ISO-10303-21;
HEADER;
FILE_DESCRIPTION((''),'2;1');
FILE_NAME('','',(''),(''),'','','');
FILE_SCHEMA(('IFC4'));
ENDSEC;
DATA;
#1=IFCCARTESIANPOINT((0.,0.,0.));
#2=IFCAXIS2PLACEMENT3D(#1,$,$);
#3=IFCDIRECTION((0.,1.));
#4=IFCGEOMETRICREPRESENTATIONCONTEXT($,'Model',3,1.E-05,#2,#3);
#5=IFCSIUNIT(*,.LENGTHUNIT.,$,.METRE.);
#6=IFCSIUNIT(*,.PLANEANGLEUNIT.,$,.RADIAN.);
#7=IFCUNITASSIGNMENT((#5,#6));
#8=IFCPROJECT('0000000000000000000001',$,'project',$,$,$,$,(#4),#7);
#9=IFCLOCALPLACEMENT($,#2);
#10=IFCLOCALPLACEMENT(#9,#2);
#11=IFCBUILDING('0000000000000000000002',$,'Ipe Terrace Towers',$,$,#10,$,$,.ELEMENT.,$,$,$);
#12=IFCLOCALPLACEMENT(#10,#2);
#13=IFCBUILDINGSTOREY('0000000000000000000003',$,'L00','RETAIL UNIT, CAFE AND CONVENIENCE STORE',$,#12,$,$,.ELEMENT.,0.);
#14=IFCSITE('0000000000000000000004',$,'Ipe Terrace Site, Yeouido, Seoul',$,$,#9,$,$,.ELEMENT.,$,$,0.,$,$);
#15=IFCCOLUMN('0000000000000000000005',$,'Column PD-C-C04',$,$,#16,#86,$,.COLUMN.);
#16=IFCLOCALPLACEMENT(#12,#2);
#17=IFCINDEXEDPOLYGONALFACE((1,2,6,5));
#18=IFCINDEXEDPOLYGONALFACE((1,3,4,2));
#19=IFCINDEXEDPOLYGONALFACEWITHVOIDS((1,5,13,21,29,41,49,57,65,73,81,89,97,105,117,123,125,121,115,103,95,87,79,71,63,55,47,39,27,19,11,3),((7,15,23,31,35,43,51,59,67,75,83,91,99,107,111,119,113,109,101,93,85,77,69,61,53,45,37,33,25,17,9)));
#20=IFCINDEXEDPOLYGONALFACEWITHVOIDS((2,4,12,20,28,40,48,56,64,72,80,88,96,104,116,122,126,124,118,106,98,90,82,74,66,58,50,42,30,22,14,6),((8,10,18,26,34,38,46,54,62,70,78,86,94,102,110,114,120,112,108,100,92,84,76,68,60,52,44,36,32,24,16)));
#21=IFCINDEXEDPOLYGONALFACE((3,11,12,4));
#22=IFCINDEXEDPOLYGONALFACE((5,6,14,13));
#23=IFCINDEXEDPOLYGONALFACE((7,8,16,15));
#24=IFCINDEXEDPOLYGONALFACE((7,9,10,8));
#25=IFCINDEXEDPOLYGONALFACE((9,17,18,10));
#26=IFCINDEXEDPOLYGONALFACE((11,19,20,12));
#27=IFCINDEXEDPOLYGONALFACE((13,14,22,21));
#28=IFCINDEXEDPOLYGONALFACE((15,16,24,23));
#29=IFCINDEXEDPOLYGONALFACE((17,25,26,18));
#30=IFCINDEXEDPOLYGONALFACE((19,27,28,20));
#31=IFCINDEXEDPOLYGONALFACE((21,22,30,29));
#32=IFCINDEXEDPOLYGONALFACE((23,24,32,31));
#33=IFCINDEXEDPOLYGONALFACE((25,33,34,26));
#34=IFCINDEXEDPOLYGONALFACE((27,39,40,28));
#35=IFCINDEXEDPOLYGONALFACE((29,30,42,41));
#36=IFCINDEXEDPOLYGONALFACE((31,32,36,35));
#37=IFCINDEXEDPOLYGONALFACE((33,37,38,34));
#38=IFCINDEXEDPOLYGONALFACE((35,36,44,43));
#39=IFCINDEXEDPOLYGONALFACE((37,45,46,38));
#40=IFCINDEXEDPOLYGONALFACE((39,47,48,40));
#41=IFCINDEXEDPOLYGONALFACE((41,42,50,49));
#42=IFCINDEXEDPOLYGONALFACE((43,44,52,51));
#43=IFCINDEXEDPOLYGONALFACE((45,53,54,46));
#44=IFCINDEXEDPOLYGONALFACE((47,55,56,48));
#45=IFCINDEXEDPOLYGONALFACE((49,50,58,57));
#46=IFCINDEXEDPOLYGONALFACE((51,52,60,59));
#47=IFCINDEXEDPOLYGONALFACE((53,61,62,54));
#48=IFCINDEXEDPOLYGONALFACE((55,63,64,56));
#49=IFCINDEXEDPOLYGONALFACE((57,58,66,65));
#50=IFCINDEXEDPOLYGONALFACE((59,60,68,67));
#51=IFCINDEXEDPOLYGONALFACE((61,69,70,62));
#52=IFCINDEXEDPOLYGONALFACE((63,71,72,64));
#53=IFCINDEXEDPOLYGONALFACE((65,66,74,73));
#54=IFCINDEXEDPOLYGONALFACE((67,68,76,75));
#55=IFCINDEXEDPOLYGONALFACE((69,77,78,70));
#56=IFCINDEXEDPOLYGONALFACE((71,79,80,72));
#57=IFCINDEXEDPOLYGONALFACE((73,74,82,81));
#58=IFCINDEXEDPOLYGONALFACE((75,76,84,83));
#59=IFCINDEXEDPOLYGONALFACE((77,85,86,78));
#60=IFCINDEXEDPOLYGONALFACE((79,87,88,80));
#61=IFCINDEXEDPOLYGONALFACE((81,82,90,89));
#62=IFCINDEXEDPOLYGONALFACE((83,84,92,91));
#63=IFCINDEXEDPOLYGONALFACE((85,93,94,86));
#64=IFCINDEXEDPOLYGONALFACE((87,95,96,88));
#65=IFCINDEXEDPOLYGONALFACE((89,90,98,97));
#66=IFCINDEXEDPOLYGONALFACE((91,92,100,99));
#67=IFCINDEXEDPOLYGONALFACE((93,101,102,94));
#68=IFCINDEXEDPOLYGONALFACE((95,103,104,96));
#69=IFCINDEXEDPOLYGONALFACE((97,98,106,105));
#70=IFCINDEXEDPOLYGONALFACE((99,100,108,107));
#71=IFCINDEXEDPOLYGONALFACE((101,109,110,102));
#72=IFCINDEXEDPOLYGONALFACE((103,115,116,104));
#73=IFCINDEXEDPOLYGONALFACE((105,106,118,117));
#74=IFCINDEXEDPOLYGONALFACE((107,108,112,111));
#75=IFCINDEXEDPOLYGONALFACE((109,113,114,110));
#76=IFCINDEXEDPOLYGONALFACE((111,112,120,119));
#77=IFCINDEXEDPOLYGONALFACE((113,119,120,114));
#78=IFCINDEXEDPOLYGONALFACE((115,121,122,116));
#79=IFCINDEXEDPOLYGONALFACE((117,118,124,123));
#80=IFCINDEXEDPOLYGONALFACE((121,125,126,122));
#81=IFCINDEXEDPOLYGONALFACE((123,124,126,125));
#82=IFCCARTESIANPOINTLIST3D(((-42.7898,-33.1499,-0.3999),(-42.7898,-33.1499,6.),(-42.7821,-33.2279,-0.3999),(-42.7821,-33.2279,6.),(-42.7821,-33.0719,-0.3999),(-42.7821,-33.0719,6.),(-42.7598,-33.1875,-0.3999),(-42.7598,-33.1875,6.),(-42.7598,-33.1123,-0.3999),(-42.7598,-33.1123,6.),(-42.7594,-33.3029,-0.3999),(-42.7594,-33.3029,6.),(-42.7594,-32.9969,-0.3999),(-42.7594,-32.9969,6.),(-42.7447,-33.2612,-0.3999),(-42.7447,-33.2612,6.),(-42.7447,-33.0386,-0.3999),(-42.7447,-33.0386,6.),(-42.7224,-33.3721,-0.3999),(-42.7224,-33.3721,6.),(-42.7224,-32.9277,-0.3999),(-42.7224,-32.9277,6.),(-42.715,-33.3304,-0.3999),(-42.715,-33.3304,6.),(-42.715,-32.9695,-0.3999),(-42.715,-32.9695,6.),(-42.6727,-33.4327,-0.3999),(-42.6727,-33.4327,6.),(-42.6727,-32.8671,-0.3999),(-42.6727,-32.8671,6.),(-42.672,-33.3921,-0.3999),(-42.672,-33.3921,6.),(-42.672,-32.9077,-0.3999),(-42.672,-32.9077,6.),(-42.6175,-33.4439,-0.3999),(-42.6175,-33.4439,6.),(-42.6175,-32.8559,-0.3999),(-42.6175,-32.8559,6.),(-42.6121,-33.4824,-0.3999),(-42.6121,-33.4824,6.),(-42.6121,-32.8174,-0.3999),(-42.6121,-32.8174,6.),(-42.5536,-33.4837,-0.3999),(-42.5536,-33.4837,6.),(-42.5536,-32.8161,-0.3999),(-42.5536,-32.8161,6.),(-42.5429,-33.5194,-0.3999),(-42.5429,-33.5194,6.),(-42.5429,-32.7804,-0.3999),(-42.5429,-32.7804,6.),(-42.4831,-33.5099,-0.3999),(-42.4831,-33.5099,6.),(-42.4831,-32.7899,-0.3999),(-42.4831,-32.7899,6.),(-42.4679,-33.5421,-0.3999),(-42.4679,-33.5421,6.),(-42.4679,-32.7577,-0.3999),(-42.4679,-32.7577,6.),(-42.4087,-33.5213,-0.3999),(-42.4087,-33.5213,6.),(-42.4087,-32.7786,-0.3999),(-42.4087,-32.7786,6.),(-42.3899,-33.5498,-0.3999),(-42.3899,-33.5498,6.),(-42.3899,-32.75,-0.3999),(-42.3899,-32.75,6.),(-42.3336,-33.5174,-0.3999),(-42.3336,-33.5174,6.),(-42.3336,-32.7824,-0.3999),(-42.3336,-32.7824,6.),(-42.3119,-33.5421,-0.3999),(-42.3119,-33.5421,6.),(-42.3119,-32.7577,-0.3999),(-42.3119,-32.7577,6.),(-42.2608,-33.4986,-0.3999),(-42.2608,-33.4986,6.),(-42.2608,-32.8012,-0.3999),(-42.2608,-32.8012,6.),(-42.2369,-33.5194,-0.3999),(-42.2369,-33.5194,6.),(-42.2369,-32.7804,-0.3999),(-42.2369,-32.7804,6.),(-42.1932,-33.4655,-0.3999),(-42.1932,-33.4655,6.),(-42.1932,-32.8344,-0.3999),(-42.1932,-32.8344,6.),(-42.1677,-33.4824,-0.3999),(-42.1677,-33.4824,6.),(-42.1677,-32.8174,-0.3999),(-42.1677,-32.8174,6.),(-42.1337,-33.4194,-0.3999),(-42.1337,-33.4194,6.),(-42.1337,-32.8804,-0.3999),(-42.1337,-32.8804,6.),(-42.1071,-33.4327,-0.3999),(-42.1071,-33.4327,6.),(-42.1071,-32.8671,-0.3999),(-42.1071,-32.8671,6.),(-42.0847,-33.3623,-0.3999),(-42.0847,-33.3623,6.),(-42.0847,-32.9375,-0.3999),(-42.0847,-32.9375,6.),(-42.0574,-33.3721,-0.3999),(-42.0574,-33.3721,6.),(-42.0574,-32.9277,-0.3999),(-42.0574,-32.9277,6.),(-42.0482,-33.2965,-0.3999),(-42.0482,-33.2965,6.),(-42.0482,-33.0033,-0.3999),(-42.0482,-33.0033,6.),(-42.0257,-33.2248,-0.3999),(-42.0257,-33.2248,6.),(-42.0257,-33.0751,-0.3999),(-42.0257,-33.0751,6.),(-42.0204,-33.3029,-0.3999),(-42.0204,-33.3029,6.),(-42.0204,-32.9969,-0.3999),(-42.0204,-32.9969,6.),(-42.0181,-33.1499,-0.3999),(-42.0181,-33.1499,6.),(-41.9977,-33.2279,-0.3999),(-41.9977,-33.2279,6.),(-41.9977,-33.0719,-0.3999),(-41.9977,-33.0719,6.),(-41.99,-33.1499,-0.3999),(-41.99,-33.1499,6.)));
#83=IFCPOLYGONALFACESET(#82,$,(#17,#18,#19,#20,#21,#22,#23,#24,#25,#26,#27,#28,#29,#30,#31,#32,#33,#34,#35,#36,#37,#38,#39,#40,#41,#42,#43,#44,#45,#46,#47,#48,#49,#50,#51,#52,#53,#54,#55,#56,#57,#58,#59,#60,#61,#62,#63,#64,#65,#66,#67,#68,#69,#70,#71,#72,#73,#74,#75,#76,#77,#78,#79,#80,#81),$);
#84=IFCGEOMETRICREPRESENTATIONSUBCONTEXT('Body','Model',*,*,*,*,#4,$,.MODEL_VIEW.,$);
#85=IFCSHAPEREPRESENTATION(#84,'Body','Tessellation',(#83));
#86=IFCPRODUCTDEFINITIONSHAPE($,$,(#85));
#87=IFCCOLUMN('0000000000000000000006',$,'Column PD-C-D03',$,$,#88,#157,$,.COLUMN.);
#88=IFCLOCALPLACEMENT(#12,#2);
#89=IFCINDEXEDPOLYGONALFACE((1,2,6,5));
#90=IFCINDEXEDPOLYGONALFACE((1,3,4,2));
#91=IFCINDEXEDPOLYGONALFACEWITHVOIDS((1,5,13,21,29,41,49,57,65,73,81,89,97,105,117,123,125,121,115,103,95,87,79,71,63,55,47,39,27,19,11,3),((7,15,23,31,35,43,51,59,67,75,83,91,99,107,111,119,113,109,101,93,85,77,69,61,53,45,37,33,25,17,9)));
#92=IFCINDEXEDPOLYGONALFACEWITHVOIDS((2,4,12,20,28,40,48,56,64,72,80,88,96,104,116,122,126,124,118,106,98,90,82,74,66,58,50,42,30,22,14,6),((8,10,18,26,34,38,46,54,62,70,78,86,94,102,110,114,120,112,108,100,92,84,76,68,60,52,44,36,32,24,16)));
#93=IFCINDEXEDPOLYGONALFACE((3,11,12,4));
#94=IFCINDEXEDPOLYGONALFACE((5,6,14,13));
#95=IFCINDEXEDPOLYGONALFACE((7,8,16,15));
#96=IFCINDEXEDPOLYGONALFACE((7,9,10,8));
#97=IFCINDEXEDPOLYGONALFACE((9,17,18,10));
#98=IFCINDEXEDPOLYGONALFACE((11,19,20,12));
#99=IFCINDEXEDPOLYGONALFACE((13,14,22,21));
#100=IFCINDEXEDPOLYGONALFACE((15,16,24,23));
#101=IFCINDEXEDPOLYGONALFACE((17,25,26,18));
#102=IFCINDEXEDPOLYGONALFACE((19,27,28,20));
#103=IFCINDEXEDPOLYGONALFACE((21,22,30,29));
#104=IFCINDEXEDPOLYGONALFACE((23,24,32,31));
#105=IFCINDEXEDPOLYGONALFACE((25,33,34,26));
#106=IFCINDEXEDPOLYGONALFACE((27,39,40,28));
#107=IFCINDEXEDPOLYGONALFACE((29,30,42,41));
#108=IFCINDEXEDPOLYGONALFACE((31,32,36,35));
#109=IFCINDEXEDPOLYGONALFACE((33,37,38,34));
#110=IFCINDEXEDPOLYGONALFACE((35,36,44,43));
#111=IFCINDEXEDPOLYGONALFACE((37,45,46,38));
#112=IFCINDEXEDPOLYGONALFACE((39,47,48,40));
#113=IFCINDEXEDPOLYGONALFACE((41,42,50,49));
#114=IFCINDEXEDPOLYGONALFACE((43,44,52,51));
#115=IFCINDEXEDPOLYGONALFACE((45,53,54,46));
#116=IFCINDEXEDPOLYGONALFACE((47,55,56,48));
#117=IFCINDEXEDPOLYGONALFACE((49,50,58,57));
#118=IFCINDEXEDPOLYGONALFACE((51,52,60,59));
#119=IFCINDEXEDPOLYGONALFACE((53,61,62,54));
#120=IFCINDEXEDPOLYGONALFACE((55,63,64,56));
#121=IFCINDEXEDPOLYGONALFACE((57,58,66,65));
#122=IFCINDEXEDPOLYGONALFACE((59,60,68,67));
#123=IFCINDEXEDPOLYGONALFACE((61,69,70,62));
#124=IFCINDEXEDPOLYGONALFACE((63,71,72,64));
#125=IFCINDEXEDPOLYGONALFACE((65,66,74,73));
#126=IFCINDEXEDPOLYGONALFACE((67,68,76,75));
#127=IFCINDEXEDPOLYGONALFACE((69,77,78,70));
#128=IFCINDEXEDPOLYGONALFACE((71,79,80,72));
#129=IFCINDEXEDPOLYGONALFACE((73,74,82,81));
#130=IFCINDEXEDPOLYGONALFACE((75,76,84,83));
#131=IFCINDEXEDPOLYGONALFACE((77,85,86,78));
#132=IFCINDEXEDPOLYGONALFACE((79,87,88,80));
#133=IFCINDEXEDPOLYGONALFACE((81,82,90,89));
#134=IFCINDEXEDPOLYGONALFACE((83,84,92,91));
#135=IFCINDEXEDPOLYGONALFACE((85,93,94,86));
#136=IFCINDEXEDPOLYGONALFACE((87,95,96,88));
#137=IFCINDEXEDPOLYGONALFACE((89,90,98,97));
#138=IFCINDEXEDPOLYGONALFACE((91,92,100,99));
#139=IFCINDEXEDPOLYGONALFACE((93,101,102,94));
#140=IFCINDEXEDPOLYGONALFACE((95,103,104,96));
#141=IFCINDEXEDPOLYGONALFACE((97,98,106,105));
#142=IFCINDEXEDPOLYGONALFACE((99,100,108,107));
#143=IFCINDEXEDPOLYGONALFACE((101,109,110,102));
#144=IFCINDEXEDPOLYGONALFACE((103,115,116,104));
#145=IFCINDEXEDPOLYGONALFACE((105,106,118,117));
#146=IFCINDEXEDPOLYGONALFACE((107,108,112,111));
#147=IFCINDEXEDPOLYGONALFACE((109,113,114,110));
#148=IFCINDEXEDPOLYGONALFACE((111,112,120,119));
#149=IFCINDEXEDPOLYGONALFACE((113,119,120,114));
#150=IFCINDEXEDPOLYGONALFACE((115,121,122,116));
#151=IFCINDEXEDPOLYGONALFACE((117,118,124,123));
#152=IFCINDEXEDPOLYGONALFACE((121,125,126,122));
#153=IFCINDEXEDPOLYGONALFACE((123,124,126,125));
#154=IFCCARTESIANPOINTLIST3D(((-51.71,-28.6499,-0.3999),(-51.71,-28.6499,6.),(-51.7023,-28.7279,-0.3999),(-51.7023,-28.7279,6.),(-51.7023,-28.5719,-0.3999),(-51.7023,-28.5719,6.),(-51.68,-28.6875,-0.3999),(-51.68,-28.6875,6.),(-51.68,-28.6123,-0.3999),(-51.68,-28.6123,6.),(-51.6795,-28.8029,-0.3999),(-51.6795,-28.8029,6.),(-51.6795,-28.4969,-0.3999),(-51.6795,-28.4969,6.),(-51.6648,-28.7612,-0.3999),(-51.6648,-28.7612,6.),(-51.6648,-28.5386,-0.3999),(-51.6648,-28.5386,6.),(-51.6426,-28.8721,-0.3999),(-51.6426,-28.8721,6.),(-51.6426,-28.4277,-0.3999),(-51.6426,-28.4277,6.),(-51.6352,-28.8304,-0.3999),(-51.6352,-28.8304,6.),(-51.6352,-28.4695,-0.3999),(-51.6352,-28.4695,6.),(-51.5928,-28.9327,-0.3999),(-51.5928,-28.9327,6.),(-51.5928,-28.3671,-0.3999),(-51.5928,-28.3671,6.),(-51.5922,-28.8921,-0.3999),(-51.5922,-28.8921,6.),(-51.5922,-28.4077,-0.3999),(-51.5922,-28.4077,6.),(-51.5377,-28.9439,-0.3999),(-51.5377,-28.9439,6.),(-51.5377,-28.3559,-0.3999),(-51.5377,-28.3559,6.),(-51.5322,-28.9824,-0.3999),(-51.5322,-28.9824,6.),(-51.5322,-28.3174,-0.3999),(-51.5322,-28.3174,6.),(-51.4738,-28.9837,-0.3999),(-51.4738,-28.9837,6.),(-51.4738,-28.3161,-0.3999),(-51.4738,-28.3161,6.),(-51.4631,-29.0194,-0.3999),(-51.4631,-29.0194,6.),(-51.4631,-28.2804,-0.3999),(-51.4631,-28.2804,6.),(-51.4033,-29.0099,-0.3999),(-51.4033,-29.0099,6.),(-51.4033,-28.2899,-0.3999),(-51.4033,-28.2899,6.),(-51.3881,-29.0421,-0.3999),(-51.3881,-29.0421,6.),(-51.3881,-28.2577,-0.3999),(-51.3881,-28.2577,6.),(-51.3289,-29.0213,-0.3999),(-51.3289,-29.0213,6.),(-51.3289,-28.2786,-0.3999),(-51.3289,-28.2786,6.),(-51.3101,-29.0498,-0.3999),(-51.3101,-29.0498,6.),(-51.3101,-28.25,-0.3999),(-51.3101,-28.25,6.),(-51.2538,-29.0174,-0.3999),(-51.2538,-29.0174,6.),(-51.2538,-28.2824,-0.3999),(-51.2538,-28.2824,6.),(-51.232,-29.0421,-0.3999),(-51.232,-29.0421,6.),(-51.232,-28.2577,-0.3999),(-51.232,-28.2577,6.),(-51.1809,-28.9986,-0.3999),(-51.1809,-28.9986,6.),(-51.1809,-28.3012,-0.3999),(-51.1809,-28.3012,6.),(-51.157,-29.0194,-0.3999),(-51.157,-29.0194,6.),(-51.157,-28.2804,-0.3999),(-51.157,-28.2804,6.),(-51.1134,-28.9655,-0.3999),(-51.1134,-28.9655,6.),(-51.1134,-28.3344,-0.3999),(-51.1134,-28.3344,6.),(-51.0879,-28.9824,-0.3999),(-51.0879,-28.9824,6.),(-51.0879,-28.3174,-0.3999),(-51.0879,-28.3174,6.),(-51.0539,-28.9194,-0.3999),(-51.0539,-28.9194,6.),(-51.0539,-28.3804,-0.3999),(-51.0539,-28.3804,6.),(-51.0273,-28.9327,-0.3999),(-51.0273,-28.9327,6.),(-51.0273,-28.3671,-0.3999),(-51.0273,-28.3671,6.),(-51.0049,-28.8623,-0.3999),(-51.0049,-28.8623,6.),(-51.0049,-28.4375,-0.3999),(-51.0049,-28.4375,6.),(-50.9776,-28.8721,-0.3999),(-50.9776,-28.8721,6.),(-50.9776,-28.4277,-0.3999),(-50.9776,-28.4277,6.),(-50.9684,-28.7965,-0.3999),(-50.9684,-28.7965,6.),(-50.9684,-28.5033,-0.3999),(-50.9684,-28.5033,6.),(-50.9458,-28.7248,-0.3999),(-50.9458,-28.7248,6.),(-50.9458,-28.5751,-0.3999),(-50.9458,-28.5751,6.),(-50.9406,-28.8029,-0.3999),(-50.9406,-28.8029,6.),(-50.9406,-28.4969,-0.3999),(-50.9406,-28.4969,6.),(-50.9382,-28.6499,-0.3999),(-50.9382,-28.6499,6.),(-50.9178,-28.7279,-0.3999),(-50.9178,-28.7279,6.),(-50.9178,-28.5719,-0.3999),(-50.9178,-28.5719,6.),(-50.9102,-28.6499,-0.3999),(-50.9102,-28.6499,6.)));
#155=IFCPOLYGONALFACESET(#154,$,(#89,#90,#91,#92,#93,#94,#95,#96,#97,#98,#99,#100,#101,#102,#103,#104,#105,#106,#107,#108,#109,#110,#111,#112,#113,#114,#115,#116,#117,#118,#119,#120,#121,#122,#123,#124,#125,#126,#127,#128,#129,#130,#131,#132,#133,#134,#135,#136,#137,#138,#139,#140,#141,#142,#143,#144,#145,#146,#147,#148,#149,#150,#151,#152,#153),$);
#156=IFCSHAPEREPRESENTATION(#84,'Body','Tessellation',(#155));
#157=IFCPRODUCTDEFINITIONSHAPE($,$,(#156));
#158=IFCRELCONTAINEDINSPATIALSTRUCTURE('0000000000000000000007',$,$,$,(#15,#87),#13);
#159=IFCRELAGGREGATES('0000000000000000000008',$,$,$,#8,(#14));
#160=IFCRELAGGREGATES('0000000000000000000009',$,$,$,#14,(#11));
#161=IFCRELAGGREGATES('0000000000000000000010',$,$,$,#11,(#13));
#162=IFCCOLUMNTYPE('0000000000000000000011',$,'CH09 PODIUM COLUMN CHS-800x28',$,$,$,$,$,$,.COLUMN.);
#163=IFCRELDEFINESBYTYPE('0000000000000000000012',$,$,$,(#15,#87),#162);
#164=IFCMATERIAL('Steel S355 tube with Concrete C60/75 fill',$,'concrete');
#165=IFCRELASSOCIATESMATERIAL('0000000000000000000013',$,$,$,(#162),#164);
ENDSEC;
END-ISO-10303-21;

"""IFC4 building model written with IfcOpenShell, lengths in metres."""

from ifc_helpers import new_model, si_unit, direction, frame, origin, origin_2d, place, context, subcontext, project, spatial, hollow_circle, extrude, material, material_profile, profile_set, type_object, element, save


model = new_model("IFC4")

# Units and contexts
model_context = context("Model", 3, precision=1e-05, world=origin(), true_north=direction((0.0, 1.0)))
body_context = subcontext(model_context, "Body", "Model", "MODEL_VIEW")
ifc_project = project(units=[si_unit("LENGTHUNIT", "METRE"), si_unit("PLANEANGLEUNIT", "RADIAN")], contexts=[model_context])

# Site, building, storey
site_placement = place(None, origin())
site = spatial("IfcSite", under=ifc_project, at=site_placement, Name="Ipe Terrace Site, Yeouido, Seoul", CompositionType="ELEMENT", RefElevation=0.0)
building_placement = place(site_placement, origin())
building = spatial("IfcBuilding", under=site, at=building_placement, Name="Ipe Terrace Towers", CompositionType="ELEMENT")
storey_placement = place(building_placement, origin())
storey = spatial("IfcBuildingStorey", under=building, at=storey_placement, Name="L00", Description="RETAIL UNIT, CAFE AND CONVENIENCE STORE", CompositionType="ELEMENT", Elevation=0.0)

# Columns
ifc_material_1 = material(Name="Steel S355 tube with Concrete C60/75 fill", Category="concrete")
ifc_material_profile_1 = material_profile(ifc_material_1, hollow_circle(Radius=0.3999, WallThickness=0.0281, at=origin_2d()), Name="CHS-800x28")
ifc_profile_set_1 = profile_set([ifc_material_profile_1], Name="Steel S355 tube with Concrete C60/75 fill")
column_type_1 = type_object("IfcColumnType", Name="CH09 PODIUM COLUMN CHS-800x28", PredefinedType="COLUMN", material=ifc_profile_set_1)
for number, where, z_axis, x_axis, name in (
    (1, (-42.3899, -33.1499, -0.3999), (0.0, 0.0, 1.0), (1.0, 0.0, 0.0), "Column PD-C-C04"),
    (2, (-51.3101, -28.6499, -0.3999), (0.0, 0.0, 1.0), (1.0, 0.0, 0.0), "Column PD-C-D03"),
):
    element("IfcColumn", number, at=place(storey_placement, frame(where, z_axis=z_axis, x_axis=x_axis)), inside=storey, type_object=column_type_1, Name=name, PredefinedType="COLUMN", context=body_context, shape_type="SweptSolid", body=[
        extrude(hollow_circle(Radius=0.3999, WallThickness=0.0281, at=origin_2d()), origin(), (0.0, 0.0, 1.0), 6.3999),
    ])

save(model, "model.ifc")
